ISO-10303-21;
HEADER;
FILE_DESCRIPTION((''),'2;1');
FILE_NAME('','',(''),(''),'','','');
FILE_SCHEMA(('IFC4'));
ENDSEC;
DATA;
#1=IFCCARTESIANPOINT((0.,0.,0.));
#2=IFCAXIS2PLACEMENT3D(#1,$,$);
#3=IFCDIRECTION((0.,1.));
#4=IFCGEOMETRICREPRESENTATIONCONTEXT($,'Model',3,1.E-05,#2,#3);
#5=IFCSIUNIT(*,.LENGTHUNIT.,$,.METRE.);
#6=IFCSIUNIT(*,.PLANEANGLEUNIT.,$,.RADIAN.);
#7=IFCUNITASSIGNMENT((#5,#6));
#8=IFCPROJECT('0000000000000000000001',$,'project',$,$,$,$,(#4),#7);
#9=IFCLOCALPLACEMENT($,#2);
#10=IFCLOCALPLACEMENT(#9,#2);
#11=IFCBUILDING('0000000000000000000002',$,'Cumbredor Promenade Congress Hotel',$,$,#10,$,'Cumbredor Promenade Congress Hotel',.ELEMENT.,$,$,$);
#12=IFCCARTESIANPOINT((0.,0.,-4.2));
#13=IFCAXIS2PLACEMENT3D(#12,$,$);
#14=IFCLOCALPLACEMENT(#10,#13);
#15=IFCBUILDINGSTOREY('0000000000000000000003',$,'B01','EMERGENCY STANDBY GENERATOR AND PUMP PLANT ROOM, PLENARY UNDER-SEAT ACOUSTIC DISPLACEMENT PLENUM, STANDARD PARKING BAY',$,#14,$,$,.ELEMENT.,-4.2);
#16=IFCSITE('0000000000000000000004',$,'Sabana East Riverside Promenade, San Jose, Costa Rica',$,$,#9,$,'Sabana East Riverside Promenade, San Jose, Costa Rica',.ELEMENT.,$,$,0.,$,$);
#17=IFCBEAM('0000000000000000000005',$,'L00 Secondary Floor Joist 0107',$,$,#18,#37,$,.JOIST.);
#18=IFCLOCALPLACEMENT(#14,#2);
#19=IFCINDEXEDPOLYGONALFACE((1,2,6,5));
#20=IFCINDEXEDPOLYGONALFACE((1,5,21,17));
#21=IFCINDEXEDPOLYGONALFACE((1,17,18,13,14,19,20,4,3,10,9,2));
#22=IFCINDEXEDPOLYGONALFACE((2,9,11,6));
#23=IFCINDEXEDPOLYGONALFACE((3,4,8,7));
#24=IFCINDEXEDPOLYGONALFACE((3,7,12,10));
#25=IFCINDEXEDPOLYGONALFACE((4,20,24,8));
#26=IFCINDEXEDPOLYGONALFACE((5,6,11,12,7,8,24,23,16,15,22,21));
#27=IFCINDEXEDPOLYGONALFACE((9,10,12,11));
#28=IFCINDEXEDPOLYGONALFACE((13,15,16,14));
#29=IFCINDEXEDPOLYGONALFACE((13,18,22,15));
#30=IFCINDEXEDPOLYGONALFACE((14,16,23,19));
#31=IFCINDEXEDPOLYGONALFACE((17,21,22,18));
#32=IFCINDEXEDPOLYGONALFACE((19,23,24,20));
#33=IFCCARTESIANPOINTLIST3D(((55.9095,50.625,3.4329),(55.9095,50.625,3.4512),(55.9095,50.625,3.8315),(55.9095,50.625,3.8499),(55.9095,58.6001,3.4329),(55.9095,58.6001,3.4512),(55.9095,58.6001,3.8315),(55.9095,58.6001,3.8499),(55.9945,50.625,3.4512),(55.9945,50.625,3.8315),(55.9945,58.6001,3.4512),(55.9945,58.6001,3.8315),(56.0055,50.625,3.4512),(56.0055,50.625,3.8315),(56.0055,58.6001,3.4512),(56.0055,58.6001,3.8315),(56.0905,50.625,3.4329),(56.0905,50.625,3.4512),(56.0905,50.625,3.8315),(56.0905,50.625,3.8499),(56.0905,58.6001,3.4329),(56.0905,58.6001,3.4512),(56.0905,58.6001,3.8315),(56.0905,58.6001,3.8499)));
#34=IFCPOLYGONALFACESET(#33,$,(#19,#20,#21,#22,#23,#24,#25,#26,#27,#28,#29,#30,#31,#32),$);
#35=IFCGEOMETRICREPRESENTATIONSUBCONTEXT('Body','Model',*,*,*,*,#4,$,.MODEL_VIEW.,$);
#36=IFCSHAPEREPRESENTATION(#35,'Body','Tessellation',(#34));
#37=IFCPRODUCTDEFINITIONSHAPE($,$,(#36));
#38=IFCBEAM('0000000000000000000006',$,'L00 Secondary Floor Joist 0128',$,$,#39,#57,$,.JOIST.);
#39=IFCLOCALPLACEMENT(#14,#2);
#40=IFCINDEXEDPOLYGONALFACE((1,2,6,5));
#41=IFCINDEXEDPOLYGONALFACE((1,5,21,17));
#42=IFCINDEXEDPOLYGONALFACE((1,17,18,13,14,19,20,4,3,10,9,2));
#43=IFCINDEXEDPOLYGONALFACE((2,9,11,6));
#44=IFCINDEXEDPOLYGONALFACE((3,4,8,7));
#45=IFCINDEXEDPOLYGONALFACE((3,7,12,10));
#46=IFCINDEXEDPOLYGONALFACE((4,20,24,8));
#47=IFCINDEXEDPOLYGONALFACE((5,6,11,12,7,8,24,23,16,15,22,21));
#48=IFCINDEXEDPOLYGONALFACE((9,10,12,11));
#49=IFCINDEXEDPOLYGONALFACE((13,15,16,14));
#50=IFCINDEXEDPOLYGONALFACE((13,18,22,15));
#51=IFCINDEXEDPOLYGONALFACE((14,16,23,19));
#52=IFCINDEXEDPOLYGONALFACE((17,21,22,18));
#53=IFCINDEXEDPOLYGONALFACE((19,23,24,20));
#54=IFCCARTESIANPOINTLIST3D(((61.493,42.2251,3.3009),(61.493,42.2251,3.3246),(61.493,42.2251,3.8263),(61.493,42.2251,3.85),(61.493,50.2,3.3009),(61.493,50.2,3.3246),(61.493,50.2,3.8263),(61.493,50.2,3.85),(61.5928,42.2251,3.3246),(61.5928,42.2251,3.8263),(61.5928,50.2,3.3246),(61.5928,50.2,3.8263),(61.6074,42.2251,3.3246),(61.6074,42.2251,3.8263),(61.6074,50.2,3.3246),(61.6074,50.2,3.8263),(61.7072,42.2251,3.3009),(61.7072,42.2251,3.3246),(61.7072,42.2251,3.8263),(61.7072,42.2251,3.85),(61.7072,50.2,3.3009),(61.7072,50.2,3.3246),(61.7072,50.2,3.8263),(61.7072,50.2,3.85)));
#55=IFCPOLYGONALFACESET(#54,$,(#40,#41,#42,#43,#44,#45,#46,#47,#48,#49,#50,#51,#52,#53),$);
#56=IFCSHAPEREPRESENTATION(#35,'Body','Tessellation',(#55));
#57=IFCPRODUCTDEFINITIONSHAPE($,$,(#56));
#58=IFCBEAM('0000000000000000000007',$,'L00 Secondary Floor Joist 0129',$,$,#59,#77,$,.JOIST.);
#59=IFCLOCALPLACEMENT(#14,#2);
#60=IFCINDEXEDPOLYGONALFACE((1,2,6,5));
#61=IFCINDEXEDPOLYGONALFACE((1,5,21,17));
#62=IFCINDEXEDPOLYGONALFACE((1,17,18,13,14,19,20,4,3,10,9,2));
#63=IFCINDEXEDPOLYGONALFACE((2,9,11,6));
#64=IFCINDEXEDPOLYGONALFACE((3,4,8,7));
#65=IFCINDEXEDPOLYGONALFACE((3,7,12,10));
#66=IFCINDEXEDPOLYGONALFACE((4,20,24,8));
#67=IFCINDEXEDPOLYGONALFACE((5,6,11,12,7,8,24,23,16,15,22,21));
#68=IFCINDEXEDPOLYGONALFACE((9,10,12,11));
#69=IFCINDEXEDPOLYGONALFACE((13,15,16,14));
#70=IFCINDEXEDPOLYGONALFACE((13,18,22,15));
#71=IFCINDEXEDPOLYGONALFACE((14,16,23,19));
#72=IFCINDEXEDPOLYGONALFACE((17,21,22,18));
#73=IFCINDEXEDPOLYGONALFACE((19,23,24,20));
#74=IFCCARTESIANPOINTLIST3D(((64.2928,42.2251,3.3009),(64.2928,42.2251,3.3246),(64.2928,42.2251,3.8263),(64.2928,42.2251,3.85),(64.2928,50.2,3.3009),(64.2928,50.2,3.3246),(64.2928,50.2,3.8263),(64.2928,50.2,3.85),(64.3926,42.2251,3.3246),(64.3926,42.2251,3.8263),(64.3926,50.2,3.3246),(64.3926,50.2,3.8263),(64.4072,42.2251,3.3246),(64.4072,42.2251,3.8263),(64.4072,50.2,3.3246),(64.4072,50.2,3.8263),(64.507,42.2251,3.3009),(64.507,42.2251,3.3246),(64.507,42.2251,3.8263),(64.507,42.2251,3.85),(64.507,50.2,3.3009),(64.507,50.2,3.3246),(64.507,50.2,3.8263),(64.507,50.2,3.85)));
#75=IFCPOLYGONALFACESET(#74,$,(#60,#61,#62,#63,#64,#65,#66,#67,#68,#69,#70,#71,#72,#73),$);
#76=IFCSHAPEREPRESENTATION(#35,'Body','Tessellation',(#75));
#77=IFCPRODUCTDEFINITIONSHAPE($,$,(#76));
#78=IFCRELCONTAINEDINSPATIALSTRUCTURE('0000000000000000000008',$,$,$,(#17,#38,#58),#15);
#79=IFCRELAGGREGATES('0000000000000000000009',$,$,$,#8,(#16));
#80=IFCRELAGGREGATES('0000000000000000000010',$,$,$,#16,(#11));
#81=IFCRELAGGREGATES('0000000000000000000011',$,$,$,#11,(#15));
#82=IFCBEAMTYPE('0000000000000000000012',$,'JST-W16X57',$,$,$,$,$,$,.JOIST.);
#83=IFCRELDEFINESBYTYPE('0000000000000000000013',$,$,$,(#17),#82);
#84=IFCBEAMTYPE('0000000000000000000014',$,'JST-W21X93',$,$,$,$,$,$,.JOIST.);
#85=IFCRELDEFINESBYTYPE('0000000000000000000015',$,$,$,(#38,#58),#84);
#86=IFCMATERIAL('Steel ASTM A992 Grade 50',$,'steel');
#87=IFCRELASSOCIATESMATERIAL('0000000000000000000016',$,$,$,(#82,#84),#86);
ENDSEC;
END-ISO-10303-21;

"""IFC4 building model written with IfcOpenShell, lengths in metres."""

from ifc_helpers import new_model, si_unit, direction, frame, origin, origin_2d, place, context, subcontext, project, spatial, i_section, extrude, material, material_profile, profile_set, type_object, element, save


model = new_model("IFC4")

# Units and contexts
model_context = context("Model", 3, precision=1e-05, world=origin(), true_north=direction((0.0, 1.0)))
body_context = subcontext(model_context, "Body", "Model", "MODEL_VIEW")
ifc_project = project(units=[si_unit("LENGTHUNIT", "METRE"), si_unit("PLANEANGLEUNIT", "RADIAN")], contexts=[model_context])

# Site, building, storey
site_placement = place(None, origin())
site = spatial("IfcSite", under=ifc_project, at=site_placement, Name="Sabana East Riverside Promenade, San Jose, Costa Rica", LongName="Sabana East Riverside Promenade, San Jose, Costa Rica", CompositionType="ELEMENT", RefElevation=0.0)
building_placement = place(site_placement, origin())
building = spatial("IfcBuilding", under=site, at=building_placement, Name="Cumbredor Promenade Congress Hotel", LongName="Cumbredor Promenade Congress Hotel", CompositionType="ELEMENT")
storey_placement = place(building_placement, frame((0.0, 0.0, -4.2)))
storey = spatial("IfcBuildingStorey", under=building, at=storey_placement, Name="B01", Description="EMERGENCY STANDBY GENERATOR AND PUMP PLANT ROOM, PLENARY UNDER-SEAT ACOUSTIC DISPLACEMENT PLENUM, STANDARD PARKING BAY", CompositionType="ELEMENT", Elevation=-4.2)

# Beams
ifc_material_1 = material(Name="Steel ASTM A992 Grade 50", Category="steel")
ifc_material_profile_1 = material_profile(ifc_material_1, i_section(OverallWidth=0.1809, OverallDepth=0.417, WebThickness=0.011, FlangeThickness=0.0183, at=origin_2d()), Name="W16X57")
ifc_profile_set_1 = profile_set([ifc_material_profile_1], Name="Steel ASTM A992 Grade 50")
beam_type_1 = type_object("IfcBeamType", Name="JST-W16X57", PredefinedType="JOIST", material=ifc_profile_set_1)
for number, where, z_axis, x_axis, name in (
    (1, (56.0, 50.625, 3.6414), (0.0, 1.0, 0.0), (-1.0, 0.0, 0.0), "L00 Secondary Floor Joist 0107"),
):
    element("IfcBeam", number, at=place(storey_placement, frame(where, z_axis=z_axis, x_axis=x_axis)), inside=storey, type_object=beam_type_1, Name=name, PredefinedType="JOIST", context=body_context, shape_type="SweptSolid", body=[
        extrude(i_section(OverallWidth=0.1809, OverallDepth=0.417, WebThickness=0.011, FlangeThickness=0.0183, at=origin_2d()), origin(), (0.0, 0.0, 1.0), 7.9751),
    ])
ifc_material_profile_2 = material_profile(ifc_material_1, i_section(OverallWidth=0.2141, OverallDepth=0.5491, WebThickness=0.0146, FlangeThickness=0.0237, at=origin_2d()), Name="W21X93")
ifc_profile_set_2 = profile_set([ifc_material_profile_2], Name="Steel ASTM A992 Grade 50")
beam_type_2 = type_object("IfcBeamType", Name="JST-W21X93", PredefinedType="JOIST", material=ifc_profile_set_2)
for number, where, z_axis, x_axis, name in (
    (2, (61.6001, 42.2251, 3.5754), (0.0, 1.0, 0.0), (-1.0, 0.0, 0.0), "L00 Secondary Floor Joist 0128"),
    (3, (64.3999, 42.2251, 3.5754), (0.0, 1.0, 0.0), (-1.0, 0.0, 0.0), "L00 Secondary Floor Joist 0129"),
):
    element("IfcBeam", number, at=place(storey_placement, frame(where, z_axis=z_axis, x_axis=x_axis)), inside=storey, type_object=beam_type_2, Name=name, PredefinedType="JOIST", context=body_context, shape_type="SweptSolid", body=[
        extrude(i_section(OverallWidth=0.2141, OverallDepth=0.5491, WebThickness=0.0146, FlangeThickness=0.0237, at=origin_2d()), origin(), (0.0, 0.0, 1.0), 7.9749),
    ])

save(model, "model.ifc")
